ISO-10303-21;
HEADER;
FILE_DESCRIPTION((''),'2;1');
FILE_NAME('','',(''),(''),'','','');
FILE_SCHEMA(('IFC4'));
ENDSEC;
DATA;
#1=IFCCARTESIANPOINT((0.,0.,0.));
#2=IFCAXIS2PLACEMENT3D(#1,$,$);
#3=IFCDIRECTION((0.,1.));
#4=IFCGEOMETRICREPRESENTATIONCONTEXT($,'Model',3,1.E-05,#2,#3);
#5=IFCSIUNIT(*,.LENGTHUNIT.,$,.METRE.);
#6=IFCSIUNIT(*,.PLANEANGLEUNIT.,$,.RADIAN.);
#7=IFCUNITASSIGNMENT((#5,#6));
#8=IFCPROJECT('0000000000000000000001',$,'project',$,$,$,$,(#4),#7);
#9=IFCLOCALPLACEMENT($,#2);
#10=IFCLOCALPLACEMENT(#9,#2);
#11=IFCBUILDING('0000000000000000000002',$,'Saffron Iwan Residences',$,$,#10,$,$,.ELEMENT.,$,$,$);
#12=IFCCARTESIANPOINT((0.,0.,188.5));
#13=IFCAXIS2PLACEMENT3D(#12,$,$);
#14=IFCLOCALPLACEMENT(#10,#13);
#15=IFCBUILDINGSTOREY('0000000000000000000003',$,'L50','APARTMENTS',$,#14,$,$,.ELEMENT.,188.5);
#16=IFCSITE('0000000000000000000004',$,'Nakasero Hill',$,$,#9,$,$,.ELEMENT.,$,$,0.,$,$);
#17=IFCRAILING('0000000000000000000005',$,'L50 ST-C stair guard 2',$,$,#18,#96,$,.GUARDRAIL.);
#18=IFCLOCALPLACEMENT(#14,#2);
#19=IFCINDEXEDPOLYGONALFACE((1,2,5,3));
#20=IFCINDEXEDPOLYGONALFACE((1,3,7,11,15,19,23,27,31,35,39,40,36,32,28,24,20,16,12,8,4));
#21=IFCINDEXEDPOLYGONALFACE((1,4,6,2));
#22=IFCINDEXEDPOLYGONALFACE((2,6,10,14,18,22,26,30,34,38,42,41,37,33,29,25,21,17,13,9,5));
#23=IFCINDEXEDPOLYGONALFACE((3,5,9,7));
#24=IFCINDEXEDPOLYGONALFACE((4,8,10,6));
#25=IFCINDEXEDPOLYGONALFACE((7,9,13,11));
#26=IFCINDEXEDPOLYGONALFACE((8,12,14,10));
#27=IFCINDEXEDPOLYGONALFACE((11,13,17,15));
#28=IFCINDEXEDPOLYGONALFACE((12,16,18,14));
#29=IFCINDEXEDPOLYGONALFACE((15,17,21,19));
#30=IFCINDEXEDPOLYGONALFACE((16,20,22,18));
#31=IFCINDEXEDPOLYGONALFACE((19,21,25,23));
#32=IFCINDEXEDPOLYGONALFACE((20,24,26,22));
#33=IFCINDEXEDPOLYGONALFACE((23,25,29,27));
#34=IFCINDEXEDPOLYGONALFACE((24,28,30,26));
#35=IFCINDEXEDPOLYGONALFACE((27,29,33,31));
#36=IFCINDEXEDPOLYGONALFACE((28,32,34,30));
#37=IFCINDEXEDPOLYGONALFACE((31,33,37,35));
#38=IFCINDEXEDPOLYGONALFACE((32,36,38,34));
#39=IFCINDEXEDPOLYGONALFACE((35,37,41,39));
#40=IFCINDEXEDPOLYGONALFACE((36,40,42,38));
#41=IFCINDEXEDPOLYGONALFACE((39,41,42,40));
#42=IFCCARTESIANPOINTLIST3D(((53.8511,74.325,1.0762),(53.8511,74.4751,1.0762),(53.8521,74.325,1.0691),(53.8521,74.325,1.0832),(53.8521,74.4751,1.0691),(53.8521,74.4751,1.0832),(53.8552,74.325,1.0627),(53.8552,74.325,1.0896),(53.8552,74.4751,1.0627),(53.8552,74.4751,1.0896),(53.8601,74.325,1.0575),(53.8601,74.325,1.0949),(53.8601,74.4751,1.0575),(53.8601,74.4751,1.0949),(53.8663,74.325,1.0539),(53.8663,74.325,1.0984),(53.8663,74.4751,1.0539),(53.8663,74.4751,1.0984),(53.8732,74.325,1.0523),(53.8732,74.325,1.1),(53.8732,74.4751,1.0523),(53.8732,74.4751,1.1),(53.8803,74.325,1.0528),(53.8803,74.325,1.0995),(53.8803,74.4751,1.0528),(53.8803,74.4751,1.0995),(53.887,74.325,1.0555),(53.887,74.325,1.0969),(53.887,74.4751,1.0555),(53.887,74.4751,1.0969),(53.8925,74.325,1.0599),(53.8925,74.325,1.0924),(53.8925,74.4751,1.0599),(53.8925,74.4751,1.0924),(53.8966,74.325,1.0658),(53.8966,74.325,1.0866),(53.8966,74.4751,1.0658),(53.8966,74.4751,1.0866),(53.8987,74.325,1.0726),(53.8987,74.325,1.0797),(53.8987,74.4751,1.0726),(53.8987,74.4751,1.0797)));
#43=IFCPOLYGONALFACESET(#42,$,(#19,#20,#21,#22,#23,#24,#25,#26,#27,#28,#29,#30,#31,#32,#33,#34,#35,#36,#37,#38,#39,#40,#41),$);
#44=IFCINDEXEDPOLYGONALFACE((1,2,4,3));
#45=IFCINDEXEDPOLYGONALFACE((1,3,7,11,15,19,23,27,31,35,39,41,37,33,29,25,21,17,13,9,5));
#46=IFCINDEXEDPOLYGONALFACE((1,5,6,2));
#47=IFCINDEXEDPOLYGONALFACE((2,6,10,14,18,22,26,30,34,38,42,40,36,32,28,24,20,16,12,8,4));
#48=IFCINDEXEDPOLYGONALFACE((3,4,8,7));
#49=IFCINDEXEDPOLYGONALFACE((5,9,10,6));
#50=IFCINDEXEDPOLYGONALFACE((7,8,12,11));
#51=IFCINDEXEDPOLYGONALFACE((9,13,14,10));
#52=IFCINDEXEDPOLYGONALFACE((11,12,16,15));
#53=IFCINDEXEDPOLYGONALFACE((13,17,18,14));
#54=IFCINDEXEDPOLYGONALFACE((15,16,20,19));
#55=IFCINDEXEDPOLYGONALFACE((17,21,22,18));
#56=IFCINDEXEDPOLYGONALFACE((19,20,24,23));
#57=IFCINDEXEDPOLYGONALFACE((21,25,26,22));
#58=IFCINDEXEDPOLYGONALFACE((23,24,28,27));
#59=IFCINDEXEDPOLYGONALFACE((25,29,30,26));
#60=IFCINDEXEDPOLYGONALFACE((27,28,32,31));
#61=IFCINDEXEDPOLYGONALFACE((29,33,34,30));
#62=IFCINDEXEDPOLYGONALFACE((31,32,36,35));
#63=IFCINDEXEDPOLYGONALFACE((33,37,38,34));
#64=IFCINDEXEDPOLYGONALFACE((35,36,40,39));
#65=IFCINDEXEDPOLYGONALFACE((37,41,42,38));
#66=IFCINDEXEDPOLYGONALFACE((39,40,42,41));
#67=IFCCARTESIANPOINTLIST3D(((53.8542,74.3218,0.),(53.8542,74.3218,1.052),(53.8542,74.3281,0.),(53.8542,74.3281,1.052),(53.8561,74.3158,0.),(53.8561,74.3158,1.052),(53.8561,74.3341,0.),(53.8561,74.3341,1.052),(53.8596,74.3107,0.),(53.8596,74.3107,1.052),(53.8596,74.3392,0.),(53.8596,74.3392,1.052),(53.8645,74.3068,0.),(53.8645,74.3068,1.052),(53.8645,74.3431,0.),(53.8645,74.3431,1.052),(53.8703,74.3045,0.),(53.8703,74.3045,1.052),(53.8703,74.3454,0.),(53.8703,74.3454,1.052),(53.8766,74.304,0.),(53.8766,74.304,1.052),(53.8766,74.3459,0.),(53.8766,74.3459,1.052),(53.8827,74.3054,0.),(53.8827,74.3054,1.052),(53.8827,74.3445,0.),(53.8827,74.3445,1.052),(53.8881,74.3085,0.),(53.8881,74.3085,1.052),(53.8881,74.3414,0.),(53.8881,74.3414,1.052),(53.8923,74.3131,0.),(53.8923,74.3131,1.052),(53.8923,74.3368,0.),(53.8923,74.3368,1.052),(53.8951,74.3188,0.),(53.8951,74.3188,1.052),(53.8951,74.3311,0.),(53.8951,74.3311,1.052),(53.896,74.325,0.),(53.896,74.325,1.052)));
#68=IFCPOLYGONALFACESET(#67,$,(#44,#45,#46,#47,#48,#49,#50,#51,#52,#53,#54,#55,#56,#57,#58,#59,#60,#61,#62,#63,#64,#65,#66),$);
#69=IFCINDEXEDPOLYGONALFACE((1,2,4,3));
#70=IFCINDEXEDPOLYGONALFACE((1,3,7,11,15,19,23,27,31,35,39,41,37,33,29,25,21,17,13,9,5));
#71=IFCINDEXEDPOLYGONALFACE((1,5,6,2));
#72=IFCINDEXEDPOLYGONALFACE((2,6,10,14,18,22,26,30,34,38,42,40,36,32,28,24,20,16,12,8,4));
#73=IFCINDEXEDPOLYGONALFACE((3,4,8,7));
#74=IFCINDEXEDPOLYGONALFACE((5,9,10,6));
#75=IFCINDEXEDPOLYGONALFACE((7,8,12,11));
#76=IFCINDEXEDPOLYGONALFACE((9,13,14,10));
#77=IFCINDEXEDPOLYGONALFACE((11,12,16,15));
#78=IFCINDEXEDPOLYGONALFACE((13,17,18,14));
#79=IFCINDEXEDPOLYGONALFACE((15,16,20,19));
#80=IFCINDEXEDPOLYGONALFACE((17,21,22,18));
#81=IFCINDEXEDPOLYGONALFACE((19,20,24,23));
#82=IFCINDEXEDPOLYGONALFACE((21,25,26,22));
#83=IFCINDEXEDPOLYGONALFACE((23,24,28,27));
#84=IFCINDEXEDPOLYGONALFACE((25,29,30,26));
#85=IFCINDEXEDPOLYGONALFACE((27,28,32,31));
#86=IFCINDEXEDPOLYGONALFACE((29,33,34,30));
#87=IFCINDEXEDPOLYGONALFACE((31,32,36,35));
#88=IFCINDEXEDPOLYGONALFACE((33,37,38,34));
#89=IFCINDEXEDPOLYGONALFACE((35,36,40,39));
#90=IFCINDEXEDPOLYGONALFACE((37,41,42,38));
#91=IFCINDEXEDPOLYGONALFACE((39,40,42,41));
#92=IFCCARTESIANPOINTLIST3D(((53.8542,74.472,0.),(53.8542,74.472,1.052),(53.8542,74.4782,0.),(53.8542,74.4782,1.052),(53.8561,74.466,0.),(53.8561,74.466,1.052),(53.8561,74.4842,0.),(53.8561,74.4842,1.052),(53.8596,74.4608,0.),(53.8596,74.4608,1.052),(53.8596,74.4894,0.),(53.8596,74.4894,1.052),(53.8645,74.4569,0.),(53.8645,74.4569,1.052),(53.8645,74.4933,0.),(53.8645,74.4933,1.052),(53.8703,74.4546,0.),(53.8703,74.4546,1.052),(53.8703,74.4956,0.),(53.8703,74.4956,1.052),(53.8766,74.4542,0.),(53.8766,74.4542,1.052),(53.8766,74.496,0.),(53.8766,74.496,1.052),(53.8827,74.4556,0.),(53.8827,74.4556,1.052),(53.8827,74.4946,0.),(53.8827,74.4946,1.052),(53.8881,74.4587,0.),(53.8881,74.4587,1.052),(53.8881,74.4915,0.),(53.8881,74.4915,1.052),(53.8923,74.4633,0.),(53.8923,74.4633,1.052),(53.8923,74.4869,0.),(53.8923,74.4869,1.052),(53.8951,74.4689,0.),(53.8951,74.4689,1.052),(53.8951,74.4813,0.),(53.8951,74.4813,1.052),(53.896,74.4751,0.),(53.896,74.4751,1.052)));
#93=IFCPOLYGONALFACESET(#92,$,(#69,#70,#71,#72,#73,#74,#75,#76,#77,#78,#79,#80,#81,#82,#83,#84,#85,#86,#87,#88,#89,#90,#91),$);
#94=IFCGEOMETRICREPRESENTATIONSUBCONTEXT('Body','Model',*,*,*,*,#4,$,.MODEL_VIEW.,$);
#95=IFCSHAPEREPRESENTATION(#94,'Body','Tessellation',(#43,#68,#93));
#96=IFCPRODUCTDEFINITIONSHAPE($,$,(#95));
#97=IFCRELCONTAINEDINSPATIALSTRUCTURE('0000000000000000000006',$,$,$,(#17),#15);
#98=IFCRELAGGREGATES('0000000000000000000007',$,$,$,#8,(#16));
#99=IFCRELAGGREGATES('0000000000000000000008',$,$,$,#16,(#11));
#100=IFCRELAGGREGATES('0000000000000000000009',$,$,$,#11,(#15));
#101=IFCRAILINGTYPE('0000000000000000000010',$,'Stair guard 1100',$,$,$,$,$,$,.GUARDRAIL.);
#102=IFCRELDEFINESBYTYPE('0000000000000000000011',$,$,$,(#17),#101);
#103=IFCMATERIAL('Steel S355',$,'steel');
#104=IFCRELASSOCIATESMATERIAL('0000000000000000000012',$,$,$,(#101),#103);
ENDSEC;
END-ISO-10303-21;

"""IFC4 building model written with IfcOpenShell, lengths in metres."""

from ifc_helpers import new_model, si_unit, direction, frame, origin, origin_2d, place, context, subcontext, project, spatial, circle, extrude, material, type_object, element, save


model = new_model("IFC4")

# Units and contexts
model_context = context("Model", 3, precision=1e-05, world=origin(), true_north=direction((0.0, 1.0)))
body_context = subcontext(model_context, "Body", "Model", "MODEL_VIEW")
ifc_project = project(units=[si_unit("LENGTHUNIT", "METRE"), si_unit("PLANEANGLEUNIT", "RADIAN")], contexts=[model_context])

# Site, building, storey
site_placement = place(None, origin())
site = spatial("IfcSite", under=ifc_project, at=site_placement, Name="Nakasero Hill", CompositionType="ELEMENT", RefElevation=0.0)
building_placement = place(site_placement, origin())
building = spatial("IfcBuilding", under=site, at=building_placement, Name="Saffron Iwan Residences", CompositionType="ELEMENT")
storey_placement = place(building_placement, frame((0.0, 0.0, 188.5)))
storey = spatial("IfcBuildingStorey", under=building, at=storey_placement, Name="L50", Description="APARTMENTS", CompositionType="ELEMENT", Elevation=188.5)

# Railing
ifc_material_1 = material(Name="Steel S355", Category="steel")
railing_type_1 = type_object("IfcRailingType", Name="Stair guard 1100", PredefinedType="GUARDRAIL", material=ifc_material_1)
railing_1_placement = place(storey_placement, frame((53.875, 74.325, 0.0)))
element("IfcRailing", 1, at=railing_1_placement, inside=storey, type_object=railing_type_1, Name="L50 ST-C stair guard 2", PredefinedType="GUARDRAIL", context=body_context, shape_type="SweptSolid", body=[
    extrude(circle(Radius=0.0239, at=origin_2d()), frame((0.0, 0.0, 1.0762), z_axis=(0.0, 1.0, 0.0), x_axis=(-1.0, 0.0, 0.0)), (0.0, 0.0, 1.0), 0.1501),
    extrude(circle(Radius=0.021, at=origin_2d()), origin(), (0.0, 0.0, 1.0), 1.052),
    extrude(circle(Radius=0.021, at=origin_2d()), frame((0.0, 0.1501, 0.0)), (0.0, 0.0, 1.0), 1.052),
])

save(model, "model.ifc")
